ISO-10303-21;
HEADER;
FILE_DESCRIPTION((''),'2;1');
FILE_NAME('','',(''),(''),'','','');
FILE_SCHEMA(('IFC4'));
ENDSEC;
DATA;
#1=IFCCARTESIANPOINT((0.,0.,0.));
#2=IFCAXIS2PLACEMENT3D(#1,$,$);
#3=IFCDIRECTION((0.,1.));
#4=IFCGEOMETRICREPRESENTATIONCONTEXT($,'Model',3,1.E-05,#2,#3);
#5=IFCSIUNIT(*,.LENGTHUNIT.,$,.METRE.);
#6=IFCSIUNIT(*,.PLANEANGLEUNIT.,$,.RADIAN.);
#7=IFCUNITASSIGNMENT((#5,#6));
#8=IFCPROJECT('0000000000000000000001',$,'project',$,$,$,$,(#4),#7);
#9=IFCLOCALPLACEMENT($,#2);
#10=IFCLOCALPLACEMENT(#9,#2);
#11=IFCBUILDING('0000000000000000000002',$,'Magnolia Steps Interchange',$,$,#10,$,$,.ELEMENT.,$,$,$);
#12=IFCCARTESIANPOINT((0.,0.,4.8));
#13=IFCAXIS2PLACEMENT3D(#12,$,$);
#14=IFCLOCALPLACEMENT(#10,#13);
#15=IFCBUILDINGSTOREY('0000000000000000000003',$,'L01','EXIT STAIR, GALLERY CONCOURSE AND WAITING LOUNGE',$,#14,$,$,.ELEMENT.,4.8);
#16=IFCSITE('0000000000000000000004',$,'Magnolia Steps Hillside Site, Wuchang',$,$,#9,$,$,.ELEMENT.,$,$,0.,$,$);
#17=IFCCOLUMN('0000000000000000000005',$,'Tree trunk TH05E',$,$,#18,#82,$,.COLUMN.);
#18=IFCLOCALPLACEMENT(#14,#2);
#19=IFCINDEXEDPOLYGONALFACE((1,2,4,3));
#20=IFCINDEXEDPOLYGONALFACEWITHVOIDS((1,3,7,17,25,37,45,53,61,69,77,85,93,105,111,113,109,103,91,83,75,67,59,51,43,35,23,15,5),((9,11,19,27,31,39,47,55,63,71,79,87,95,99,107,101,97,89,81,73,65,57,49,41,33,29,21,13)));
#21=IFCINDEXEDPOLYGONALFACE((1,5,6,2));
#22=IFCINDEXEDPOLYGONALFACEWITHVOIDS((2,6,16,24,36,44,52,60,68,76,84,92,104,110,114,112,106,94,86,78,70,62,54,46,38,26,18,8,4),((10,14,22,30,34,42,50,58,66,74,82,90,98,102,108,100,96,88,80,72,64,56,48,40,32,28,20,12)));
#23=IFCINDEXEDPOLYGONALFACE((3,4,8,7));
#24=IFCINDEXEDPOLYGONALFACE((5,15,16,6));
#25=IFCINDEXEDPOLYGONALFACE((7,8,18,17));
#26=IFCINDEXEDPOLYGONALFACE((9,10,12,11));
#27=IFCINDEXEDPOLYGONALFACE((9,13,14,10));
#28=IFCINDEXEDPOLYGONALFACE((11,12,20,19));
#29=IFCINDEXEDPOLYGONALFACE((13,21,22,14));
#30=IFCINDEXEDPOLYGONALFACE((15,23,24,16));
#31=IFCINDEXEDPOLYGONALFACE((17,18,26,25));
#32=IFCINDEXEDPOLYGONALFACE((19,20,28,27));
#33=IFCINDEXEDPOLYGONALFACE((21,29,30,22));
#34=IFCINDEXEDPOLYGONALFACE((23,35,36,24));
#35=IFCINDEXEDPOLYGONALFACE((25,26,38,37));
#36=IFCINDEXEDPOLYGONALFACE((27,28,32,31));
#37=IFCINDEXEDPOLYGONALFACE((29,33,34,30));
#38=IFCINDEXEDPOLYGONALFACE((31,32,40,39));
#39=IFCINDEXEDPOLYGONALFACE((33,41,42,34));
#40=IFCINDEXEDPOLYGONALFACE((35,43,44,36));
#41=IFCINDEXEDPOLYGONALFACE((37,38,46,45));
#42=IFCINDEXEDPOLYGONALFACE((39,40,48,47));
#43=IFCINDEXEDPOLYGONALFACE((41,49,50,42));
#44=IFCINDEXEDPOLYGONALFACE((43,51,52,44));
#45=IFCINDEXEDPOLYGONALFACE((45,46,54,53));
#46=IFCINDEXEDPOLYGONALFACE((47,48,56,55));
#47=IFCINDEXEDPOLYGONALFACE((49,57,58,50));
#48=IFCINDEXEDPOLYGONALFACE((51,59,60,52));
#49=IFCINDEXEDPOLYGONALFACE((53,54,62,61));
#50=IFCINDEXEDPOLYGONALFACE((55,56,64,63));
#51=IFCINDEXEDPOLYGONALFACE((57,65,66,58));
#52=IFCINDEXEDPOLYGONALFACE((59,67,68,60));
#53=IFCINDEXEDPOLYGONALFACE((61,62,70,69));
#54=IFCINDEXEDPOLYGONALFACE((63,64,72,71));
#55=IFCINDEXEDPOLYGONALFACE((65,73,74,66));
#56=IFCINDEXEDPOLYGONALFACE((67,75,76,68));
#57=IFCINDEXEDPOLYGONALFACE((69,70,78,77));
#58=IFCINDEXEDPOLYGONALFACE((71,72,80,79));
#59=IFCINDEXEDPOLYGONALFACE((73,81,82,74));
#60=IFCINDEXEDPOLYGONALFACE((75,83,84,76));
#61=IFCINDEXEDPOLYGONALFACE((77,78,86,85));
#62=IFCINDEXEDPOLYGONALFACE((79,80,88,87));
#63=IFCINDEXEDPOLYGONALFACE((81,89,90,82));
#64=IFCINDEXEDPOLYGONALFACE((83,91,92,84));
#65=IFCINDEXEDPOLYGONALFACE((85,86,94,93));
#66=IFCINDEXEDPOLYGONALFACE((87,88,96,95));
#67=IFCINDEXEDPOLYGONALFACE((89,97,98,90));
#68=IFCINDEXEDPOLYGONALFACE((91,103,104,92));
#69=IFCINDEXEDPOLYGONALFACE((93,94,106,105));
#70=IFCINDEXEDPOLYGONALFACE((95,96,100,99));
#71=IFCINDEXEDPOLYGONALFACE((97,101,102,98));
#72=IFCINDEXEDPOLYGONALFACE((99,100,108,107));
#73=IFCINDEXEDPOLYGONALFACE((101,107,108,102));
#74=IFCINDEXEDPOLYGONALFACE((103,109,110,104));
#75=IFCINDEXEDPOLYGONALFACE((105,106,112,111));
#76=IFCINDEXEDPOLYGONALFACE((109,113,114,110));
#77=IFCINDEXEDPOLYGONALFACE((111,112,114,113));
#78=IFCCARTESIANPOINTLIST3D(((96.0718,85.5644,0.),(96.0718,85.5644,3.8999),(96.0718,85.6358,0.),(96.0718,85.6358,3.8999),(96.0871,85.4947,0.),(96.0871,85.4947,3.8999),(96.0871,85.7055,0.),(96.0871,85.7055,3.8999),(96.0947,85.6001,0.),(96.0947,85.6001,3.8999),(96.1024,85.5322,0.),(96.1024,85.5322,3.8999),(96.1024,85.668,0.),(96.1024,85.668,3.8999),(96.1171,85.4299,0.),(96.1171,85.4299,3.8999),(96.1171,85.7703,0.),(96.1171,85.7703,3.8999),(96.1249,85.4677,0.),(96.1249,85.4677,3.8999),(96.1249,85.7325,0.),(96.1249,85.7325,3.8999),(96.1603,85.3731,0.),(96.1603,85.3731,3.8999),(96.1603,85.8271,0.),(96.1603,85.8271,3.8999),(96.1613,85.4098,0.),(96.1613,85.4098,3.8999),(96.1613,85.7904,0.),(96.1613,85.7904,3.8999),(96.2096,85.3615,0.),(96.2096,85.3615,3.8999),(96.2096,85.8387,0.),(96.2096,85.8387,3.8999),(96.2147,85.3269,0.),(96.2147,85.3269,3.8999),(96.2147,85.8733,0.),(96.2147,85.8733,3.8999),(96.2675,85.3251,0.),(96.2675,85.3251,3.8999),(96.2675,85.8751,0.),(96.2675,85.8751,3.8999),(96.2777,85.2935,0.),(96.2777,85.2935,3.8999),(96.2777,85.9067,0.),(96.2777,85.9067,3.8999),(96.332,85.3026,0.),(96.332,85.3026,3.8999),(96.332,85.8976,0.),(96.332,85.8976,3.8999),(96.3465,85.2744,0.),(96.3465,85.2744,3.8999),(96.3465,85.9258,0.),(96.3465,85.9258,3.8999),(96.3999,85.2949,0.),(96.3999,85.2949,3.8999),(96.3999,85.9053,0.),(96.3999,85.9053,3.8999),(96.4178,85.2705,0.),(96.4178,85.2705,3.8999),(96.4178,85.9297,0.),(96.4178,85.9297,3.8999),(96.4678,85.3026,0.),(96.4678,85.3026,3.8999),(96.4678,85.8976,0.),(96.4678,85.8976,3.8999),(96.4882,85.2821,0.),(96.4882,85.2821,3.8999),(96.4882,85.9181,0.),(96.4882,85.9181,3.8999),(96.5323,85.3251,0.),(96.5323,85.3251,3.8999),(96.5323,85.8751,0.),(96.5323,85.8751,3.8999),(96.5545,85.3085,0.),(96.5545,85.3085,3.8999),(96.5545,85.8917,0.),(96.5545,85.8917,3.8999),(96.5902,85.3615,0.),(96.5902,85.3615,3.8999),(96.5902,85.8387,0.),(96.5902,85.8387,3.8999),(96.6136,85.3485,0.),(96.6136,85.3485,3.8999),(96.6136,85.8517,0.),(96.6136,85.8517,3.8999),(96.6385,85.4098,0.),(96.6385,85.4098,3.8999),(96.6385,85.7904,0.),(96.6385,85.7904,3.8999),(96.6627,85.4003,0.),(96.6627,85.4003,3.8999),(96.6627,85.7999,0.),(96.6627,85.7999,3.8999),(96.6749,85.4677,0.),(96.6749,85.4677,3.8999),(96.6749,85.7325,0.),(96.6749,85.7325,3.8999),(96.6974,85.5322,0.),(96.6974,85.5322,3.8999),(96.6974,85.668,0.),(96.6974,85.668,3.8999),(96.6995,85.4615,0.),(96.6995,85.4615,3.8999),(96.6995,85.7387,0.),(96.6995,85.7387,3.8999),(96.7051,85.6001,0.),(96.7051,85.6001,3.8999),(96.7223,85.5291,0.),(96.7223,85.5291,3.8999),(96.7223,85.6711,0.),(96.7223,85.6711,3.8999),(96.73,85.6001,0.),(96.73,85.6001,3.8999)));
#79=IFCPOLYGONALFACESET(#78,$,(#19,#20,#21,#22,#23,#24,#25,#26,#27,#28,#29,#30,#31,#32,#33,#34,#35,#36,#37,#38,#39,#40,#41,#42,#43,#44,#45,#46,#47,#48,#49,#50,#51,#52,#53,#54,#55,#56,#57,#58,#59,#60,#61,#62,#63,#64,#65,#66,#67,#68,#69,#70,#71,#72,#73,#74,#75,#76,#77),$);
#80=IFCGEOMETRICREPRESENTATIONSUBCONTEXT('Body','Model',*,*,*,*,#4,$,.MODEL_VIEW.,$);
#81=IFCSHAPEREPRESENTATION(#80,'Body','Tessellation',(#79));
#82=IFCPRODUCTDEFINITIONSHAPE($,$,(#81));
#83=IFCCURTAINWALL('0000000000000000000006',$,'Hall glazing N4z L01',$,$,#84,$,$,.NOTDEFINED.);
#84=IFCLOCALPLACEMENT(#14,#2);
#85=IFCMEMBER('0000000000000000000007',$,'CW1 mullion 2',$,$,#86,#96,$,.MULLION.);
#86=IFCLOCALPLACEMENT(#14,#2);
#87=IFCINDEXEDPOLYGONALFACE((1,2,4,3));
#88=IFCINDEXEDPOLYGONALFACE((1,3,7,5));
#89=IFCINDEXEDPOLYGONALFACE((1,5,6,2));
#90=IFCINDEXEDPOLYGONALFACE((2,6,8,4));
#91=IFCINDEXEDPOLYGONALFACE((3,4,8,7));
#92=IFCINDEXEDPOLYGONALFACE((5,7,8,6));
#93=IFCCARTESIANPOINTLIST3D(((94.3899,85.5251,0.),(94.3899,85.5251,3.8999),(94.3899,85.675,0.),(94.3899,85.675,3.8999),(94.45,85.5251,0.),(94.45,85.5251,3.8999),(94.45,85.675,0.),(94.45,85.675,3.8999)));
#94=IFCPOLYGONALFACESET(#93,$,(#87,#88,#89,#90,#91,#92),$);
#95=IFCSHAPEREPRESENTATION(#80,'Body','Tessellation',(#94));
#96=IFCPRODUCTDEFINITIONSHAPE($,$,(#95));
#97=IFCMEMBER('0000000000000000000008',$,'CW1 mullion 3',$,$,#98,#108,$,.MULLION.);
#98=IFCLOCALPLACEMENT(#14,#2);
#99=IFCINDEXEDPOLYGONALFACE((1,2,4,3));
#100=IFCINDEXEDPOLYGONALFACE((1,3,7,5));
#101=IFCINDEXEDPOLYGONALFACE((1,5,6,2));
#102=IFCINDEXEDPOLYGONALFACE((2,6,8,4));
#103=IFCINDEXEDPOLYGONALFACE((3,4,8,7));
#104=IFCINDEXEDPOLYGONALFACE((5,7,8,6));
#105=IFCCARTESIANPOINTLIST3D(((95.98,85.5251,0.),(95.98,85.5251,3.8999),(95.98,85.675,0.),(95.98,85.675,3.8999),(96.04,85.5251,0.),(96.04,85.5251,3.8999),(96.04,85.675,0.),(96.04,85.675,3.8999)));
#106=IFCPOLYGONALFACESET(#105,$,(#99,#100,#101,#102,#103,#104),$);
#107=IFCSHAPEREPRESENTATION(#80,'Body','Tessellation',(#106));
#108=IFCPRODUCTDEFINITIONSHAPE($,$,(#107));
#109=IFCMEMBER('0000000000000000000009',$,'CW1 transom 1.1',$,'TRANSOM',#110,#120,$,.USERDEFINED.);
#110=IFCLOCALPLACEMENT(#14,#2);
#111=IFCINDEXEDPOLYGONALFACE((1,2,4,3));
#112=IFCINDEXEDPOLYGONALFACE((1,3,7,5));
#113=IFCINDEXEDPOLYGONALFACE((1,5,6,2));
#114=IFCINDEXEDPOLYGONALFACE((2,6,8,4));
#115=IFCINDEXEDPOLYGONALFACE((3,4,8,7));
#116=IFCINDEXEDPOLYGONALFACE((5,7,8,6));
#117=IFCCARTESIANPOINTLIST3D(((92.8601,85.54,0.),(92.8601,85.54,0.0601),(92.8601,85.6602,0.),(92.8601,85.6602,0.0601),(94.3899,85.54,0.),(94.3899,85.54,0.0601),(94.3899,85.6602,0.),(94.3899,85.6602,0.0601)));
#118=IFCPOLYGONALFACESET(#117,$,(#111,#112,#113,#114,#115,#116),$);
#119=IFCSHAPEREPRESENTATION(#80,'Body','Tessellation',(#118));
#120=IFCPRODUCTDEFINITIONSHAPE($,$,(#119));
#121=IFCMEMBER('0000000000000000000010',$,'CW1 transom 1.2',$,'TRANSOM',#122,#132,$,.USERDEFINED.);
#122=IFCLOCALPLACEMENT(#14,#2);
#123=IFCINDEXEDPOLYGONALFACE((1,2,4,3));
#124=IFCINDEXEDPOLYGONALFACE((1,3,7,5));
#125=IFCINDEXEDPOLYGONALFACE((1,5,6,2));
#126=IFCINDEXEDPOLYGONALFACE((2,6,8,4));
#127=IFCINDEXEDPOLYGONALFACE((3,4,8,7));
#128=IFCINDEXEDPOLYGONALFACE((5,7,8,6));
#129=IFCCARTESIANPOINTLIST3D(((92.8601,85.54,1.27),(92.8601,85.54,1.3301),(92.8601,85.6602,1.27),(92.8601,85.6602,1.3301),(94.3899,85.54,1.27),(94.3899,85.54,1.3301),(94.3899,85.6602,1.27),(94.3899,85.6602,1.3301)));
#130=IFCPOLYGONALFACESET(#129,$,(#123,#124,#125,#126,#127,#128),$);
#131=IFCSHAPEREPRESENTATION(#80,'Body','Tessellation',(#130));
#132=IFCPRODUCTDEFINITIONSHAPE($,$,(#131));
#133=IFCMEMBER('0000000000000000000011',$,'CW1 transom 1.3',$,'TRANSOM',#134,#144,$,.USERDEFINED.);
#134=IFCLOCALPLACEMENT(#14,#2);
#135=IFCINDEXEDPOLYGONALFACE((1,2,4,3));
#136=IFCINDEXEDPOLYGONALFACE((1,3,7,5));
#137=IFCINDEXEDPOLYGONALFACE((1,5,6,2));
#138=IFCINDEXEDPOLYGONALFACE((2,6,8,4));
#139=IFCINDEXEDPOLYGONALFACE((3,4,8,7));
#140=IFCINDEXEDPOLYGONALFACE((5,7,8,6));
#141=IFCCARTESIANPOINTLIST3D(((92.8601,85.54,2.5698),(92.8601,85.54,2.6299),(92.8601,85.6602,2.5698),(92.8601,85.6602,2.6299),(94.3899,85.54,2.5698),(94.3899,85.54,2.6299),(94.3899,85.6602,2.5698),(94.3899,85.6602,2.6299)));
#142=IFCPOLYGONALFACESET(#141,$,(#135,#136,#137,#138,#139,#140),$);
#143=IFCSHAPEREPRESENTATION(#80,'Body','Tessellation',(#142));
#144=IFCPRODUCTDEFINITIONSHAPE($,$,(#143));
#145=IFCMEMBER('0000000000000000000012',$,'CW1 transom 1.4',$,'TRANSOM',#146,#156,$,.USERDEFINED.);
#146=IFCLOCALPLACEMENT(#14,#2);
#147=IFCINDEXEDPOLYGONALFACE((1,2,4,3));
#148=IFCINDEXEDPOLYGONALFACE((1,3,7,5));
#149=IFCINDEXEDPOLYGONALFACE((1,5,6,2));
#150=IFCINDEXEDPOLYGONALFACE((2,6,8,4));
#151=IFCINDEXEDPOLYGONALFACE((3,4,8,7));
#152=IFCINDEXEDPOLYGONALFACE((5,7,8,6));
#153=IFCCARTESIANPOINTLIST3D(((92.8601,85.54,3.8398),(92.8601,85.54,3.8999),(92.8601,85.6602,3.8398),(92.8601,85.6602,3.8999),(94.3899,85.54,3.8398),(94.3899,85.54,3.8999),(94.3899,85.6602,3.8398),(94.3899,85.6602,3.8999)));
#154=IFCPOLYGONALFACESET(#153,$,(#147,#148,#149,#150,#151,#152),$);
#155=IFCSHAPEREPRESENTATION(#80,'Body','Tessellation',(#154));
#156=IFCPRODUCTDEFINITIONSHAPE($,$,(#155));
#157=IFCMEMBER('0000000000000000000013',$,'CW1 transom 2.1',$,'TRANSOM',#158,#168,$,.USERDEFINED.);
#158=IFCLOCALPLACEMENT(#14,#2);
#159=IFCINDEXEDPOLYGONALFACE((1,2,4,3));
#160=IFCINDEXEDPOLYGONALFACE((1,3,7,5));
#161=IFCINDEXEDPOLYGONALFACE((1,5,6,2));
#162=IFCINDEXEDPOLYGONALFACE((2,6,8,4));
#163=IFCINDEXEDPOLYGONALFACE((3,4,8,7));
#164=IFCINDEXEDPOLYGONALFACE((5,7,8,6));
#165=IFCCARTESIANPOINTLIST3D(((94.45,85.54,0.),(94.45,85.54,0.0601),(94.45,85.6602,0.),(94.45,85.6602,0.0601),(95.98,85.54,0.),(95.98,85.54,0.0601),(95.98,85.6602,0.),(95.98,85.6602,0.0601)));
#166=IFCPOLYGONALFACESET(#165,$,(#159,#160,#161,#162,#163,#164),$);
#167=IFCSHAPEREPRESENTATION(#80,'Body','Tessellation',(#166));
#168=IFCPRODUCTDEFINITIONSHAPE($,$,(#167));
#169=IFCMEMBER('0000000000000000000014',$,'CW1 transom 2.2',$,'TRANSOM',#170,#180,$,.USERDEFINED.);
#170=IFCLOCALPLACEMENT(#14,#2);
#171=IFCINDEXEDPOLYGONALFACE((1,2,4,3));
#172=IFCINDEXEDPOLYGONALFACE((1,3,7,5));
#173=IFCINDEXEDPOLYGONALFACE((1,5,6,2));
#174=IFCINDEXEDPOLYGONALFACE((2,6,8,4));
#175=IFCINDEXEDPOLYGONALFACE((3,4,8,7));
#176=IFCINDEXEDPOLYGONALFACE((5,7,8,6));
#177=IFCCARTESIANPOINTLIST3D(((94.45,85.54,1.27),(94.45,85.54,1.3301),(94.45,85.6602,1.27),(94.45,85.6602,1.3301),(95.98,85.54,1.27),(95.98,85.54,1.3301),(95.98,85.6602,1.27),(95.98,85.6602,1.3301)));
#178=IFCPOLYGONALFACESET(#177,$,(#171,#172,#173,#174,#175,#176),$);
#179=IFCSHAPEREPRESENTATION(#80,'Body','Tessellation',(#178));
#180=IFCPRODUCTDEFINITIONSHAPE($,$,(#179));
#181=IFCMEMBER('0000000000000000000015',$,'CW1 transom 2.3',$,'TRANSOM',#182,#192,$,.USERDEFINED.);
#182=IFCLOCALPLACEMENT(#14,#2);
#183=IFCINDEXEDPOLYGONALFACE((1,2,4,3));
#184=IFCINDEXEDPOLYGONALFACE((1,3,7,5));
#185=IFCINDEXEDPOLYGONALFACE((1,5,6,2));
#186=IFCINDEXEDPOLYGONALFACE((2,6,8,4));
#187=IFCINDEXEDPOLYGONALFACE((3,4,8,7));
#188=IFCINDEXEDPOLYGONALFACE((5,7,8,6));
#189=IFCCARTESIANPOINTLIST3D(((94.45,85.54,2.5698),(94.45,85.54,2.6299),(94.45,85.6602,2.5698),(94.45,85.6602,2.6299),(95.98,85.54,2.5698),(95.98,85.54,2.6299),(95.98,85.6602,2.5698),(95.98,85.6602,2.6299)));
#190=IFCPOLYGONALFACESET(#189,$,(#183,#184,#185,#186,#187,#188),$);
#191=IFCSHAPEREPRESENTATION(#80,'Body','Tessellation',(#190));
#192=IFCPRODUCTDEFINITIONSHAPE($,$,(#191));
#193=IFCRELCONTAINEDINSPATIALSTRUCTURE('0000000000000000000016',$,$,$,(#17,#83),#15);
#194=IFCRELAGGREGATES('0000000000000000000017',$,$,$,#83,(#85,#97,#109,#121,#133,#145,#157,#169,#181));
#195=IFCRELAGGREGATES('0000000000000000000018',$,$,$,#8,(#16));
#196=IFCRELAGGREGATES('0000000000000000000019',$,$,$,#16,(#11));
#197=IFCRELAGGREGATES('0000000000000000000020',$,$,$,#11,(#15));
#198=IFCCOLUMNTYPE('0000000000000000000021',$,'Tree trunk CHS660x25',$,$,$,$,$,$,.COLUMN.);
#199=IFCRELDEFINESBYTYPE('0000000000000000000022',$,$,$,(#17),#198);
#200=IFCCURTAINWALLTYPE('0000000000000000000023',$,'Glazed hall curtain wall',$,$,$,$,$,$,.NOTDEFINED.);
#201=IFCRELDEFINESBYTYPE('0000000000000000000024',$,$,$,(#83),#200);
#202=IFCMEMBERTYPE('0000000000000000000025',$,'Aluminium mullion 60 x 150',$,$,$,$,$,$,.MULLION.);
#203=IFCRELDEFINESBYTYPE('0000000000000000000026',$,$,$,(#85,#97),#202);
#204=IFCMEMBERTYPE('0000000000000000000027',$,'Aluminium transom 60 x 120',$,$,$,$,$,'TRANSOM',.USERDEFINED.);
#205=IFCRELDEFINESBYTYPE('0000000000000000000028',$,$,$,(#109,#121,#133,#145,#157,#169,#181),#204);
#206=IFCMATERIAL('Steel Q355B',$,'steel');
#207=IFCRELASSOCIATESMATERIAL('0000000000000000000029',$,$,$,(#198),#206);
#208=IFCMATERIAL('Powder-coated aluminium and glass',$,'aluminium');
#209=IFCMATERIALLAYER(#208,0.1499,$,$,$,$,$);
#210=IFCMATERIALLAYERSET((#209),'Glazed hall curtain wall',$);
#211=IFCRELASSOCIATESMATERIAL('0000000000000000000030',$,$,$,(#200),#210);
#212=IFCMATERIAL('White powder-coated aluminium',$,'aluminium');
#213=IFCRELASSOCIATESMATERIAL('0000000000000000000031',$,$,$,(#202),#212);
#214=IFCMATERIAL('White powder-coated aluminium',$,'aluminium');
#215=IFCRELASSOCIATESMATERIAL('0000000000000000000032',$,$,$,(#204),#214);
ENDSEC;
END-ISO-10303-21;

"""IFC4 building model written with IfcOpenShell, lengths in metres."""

from ifc_helpers import new_model, si_unit, direction, frame, origin, origin_2d, place, context, subcontext, project, spatial, rectangle, hollow_circle, extrude, material, layer, layer_set, material_profile, profile_set, type_object, element, aggregate, save


model = new_model("IFC4")

# Units and contexts
model_context = context("Model", 3, precision=1e-05, world=origin(), true_north=direction((0.0, 1.0)))
body_context = subcontext(model_context, "Body", "Model", "MODEL_VIEW")
ifc_project = project(units=[si_unit("LENGTHUNIT", "METRE"), si_unit("PLANEANGLEUNIT", "RADIAN")], contexts=[model_context])

# Site, building, storey
site_placement = place(None, origin())
site = spatial("IfcSite", under=ifc_project, at=site_placement, Name="Magnolia Steps Hillside Site, Wuchang", CompositionType="ELEMENT", RefElevation=0.0)
building_placement = place(site_placement, origin())
building = spatial("IfcBuilding", under=site, at=building_placement, Name="Magnolia Steps Interchange", CompositionType="ELEMENT")
storey_placement = place(building_placement, frame((0.0, 0.0, 4.8)))
storey = spatial("IfcBuildingStorey", under=building, at=storey_placement, Name="L01", Description="EXIT STAIR, GALLERY CONCOURSE AND WAITING LOUNGE", CompositionType="ELEMENT", Elevation=4.8)

# Column
ifc_material_1 = material(Name="Steel Q355B", Category="steel")
ifc_material_profile_1 = material_profile(ifc_material_1, hollow_circle(Radius=0.3301, WallThickness=0.0249, at=origin_2d()), Name="CHS660x25")
ifc_profile_set_1 = profile_set([ifc_material_profile_1], Name="Steel Q355B")
column_type = type_object("IfcColumnType", Name="Tree trunk CHS660x25", PredefinedType="COLUMN", material=ifc_profile_set_1)
column_placement = place(storey_placement, frame((96.3999, 85.6001, 0.0), z_axis=(0.0, 0.0, 1.0), x_axis=(1.0, 0.0, 0.0)))
element("IfcColumn", 1, at=column_placement, inside=storey, type_object=column_type, Name="Tree trunk TH05E", PredefinedType="COLUMN", context=body_context, shape_type="SweptSolid", body=[
    extrude(hollow_circle(Radius=0.3301, WallThickness=0.0249, at=origin_2d()), origin(), (0.0, 0.0, 1.0), 3.8999),
])

# Curtain wall, members
ifc_material_2 = material(Name="Powder-coated aluminium and glass", Category="aluminium")
ifc_layer_1 = layer(ifc_material_2, 0.1499)
ifc_layer_set_1 = layer_set([ifc_layer_1], Name="Glazed hall curtain wall")
curtain_wall_type = type_object("IfcCurtainWallType", Name="Glazed hall curtain wall", PredefinedType="NOTDEFINED", material=ifc_layer_set_1)
curtain_wall_placement = place(storey_placement, origin())
curtain_wall = element("IfcCurtainWall", 2, at=curtain_wall_placement, inside=storey, type_object=curtain_wall_type, Name="Hall glazing N4z L01", PredefinedType="NOTDEFINED")
ifc_material_3 = material(Name="White powder-coated aluminium", Category="aluminium")
ifc_material_profile_2 = material_profile(ifc_material_3, rectangle(XDim=0.0601, YDim=0.1499, at=origin_2d()), Name="Aluminium mullion 60 x 150")
ifc_profile_set_2 = profile_set([ifc_material_profile_2], Name="White powder-coated aluminium")
member_type_1 = type_object("IfcMemberType", Name="Aluminium mullion 60 x 150", PredefinedType="MULLION", material=ifc_profile_set_2)
member_1_placement = place(storey_placement, frame((94.4199, 85.6001, 0.0), z_axis=(0.0, 0.0, 1.0), x_axis=(1.0, 0.0, 0.0)))
member_1 = element("IfcMember", 3, at=member_1_placement, type_object=member_type_1, Name="CW1 mullion 2", PredefinedType="MULLION", context=body_context, shape_type="SweptSolid", body=[
    extrude(rectangle(XDim=0.0601, YDim=0.1499, at=origin_2d()), origin(), (0.0, 0.0, 1.0), 3.8999),
])
member_2_placement = place(storey_placement, frame((96.01, 85.6001, 0.0), z_axis=(0.0, 0.0, 1.0), x_axis=(1.0, 0.0, 0.0)))
member_2 = element("IfcMember", 4, at=member_2_placement, type_object=member_type_1, Name="CW1 mullion 3", PredefinedType="MULLION", context=body_context, shape_type="SweptSolid", body=[
    extrude(rectangle(XDim=0.0601, YDim=0.1499, at=origin_2d()), origin(), (0.0, 0.0, 1.0), 3.8999),
])
ifc_material_4 = material(Name="White powder-coated aluminium", Category="aluminium")
ifc_material_profile_3 = material_profile(ifc_material_4, rectangle(XDim=0.0601, YDim=0.1201, at=origin_2d()), Name="Aluminium transom 60 x 120")
ifc_profile_set_3 = profile_set([ifc_material_profile_3], Name="White powder-coated aluminium")
member_type_2 = type_object("IfcMemberType", Name="Aluminium transom 60 x 120", ElementType="TRANSOM", PredefinedType="USERDEFINED", material=ifc_profile_set_3)
member_3_placement = place(storey_placement, frame((92.8601, 85.6001, 0.03), z_axis=(1.0, 0.0, 0.0), x_axis=(0.0, 0.0, 1.0)))
member_3 = element("IfcMember", 5, at=member_3_placement, type_object=member_type_2, Name="CW1 transom 1.1", ObjectType="TRANSOM", PredefinedType="USERDEFINED", context=body_context, shape_type="SweptSolid", body=[
    extrude(rectangle(XDim=0.0601, YDim=0.1201, at=origin_2d()), origin(), (0.0, 0.0, 1.0), 1.5298),
])
member_4_placement = place(storey_placement, frame((92.8601, 85.6001, 1.3), z_axis=(1.0, 0.0, 0.0), x_axis=(0.0, 0.0, 1.0)))
member_4 = element("IfcMember", 6, at=member_4_placement, type_object=member_type_2, Name="CW1 transom 1.2", ObjectType="TRANSOM", PredefinedType="USERDEFINED", context=body_context, shape_type="SweptSolid", body=[
    extrude(rectangle(XDim=0.0601, YDim=0.1201, at=origin_2d()), origin(), (0.0, 0.0, 1.0), 1.5298),
])
member_5_placement = place(storey_placement, frame((92.8601, 85.6001, 2.5999), z_axis=(1.0, 0.0, 0.0), x_axis=(0.0, 0.0, 1.0)))
member_5 = element("IfcMember", 7, at=member_5_placement, type_object=member_type_2, Name="CW1 transom 1.3", ObjectType="TRANSOM", PredefinedType="USERDEFINED", context=body_context, shape_type="SweptSolid", body=[
    extrude(rectangle(XDim=0.0601, YDim=0.1201, at=origin_2d()), origin(), (0.0, 0.0, 1.0), 1.5298),
])
member_6_placement = place(storey_placement, frame((92.8601, 85.6001, 3.8699), z_axis=(1.0, 0.0, 0.0), x_axis=(0.0, 0.0, 1.0)))
member_6 = element("IfcMember", 8, at=member_6_placement, type_object=member_type_2, Name="CW1 transom 1.4", ObjectType="TRANSOM", PredefinedType="USERDEFINED", context=body_context, shape_type="SweptSolid", body=[
    extrude(rectangle(XDim=0.0601, YDim=0.1201, at=origin_2d()), origin(), (0.0, 0.0, 1.0), 1.5298),
])
member_7_placement = place(storey_placement, frame((94.45, 85.6001, 0.03), z_axis=(1.0, 0.0, 0.0), x_axis=(0.0, 0.0, 1.0)))
member_7 = element("IfcMember", 9, at=member_7_placement, type_object=member_type_2, Name="CW1 transom 2.1", ObjectType="TRANSOM", PredefinedType="USERDEFINED", context=body_context, shape_type="SweptSolid", body=[
    extrude(rectangle(XDim=0.0601, YDim=0.1201, at=origin_2d()), origin(), (0.0, 0.0, 1.0), 1.53),
])
member_8_placement = place(storey_placement, frame((94.45, 85.6001, 1.3), z_axis=(1.0, 0.0, 0.0), x_axis=(0.0, 0.0, 1.0)))
member_8 = element("IfcMember", 10, at=member_8_placement, type_object=member_type_2, Name="CW1 transom 2.2", ObjectType="TRANSOM", PredefinedType="USERDEFINED", context=body_context, shape_type="SweptSolid", body=[
    extrude(rectangle(XDim=0.0601, YDim=0.1201, at=origin_2d()), origin(), (0.0, 0.0, 1.0), 1.53),
])
member_9_placement = place(storey_placement, frame((94.45, 85.6001, 2.5999), z_axis=(1.0, 0.0, 0.0), x_axis=(0.0, 0.0, 1.0)))
member_9 = element("IfcMember", 11, at=member_9_placement, type_object=member_type_2, Name="CW1 transom 2.3", ObjectType="TRANSOM", PredefinedType="USERDEFINED", context=body_context, shape_type="SweptSolid", body=[
    extrude(rectangle(XDim=0.0601, YDim=0.1201, at=origin_2d()), origin(), (0.0, 0.0, 1.0), 1.53),
])

aggregate(curtain_wall, [member_1, member_2, member_3, member_4, member_5, member_6, member_7, member_8, member_9])

save(model, "model.ifc")
